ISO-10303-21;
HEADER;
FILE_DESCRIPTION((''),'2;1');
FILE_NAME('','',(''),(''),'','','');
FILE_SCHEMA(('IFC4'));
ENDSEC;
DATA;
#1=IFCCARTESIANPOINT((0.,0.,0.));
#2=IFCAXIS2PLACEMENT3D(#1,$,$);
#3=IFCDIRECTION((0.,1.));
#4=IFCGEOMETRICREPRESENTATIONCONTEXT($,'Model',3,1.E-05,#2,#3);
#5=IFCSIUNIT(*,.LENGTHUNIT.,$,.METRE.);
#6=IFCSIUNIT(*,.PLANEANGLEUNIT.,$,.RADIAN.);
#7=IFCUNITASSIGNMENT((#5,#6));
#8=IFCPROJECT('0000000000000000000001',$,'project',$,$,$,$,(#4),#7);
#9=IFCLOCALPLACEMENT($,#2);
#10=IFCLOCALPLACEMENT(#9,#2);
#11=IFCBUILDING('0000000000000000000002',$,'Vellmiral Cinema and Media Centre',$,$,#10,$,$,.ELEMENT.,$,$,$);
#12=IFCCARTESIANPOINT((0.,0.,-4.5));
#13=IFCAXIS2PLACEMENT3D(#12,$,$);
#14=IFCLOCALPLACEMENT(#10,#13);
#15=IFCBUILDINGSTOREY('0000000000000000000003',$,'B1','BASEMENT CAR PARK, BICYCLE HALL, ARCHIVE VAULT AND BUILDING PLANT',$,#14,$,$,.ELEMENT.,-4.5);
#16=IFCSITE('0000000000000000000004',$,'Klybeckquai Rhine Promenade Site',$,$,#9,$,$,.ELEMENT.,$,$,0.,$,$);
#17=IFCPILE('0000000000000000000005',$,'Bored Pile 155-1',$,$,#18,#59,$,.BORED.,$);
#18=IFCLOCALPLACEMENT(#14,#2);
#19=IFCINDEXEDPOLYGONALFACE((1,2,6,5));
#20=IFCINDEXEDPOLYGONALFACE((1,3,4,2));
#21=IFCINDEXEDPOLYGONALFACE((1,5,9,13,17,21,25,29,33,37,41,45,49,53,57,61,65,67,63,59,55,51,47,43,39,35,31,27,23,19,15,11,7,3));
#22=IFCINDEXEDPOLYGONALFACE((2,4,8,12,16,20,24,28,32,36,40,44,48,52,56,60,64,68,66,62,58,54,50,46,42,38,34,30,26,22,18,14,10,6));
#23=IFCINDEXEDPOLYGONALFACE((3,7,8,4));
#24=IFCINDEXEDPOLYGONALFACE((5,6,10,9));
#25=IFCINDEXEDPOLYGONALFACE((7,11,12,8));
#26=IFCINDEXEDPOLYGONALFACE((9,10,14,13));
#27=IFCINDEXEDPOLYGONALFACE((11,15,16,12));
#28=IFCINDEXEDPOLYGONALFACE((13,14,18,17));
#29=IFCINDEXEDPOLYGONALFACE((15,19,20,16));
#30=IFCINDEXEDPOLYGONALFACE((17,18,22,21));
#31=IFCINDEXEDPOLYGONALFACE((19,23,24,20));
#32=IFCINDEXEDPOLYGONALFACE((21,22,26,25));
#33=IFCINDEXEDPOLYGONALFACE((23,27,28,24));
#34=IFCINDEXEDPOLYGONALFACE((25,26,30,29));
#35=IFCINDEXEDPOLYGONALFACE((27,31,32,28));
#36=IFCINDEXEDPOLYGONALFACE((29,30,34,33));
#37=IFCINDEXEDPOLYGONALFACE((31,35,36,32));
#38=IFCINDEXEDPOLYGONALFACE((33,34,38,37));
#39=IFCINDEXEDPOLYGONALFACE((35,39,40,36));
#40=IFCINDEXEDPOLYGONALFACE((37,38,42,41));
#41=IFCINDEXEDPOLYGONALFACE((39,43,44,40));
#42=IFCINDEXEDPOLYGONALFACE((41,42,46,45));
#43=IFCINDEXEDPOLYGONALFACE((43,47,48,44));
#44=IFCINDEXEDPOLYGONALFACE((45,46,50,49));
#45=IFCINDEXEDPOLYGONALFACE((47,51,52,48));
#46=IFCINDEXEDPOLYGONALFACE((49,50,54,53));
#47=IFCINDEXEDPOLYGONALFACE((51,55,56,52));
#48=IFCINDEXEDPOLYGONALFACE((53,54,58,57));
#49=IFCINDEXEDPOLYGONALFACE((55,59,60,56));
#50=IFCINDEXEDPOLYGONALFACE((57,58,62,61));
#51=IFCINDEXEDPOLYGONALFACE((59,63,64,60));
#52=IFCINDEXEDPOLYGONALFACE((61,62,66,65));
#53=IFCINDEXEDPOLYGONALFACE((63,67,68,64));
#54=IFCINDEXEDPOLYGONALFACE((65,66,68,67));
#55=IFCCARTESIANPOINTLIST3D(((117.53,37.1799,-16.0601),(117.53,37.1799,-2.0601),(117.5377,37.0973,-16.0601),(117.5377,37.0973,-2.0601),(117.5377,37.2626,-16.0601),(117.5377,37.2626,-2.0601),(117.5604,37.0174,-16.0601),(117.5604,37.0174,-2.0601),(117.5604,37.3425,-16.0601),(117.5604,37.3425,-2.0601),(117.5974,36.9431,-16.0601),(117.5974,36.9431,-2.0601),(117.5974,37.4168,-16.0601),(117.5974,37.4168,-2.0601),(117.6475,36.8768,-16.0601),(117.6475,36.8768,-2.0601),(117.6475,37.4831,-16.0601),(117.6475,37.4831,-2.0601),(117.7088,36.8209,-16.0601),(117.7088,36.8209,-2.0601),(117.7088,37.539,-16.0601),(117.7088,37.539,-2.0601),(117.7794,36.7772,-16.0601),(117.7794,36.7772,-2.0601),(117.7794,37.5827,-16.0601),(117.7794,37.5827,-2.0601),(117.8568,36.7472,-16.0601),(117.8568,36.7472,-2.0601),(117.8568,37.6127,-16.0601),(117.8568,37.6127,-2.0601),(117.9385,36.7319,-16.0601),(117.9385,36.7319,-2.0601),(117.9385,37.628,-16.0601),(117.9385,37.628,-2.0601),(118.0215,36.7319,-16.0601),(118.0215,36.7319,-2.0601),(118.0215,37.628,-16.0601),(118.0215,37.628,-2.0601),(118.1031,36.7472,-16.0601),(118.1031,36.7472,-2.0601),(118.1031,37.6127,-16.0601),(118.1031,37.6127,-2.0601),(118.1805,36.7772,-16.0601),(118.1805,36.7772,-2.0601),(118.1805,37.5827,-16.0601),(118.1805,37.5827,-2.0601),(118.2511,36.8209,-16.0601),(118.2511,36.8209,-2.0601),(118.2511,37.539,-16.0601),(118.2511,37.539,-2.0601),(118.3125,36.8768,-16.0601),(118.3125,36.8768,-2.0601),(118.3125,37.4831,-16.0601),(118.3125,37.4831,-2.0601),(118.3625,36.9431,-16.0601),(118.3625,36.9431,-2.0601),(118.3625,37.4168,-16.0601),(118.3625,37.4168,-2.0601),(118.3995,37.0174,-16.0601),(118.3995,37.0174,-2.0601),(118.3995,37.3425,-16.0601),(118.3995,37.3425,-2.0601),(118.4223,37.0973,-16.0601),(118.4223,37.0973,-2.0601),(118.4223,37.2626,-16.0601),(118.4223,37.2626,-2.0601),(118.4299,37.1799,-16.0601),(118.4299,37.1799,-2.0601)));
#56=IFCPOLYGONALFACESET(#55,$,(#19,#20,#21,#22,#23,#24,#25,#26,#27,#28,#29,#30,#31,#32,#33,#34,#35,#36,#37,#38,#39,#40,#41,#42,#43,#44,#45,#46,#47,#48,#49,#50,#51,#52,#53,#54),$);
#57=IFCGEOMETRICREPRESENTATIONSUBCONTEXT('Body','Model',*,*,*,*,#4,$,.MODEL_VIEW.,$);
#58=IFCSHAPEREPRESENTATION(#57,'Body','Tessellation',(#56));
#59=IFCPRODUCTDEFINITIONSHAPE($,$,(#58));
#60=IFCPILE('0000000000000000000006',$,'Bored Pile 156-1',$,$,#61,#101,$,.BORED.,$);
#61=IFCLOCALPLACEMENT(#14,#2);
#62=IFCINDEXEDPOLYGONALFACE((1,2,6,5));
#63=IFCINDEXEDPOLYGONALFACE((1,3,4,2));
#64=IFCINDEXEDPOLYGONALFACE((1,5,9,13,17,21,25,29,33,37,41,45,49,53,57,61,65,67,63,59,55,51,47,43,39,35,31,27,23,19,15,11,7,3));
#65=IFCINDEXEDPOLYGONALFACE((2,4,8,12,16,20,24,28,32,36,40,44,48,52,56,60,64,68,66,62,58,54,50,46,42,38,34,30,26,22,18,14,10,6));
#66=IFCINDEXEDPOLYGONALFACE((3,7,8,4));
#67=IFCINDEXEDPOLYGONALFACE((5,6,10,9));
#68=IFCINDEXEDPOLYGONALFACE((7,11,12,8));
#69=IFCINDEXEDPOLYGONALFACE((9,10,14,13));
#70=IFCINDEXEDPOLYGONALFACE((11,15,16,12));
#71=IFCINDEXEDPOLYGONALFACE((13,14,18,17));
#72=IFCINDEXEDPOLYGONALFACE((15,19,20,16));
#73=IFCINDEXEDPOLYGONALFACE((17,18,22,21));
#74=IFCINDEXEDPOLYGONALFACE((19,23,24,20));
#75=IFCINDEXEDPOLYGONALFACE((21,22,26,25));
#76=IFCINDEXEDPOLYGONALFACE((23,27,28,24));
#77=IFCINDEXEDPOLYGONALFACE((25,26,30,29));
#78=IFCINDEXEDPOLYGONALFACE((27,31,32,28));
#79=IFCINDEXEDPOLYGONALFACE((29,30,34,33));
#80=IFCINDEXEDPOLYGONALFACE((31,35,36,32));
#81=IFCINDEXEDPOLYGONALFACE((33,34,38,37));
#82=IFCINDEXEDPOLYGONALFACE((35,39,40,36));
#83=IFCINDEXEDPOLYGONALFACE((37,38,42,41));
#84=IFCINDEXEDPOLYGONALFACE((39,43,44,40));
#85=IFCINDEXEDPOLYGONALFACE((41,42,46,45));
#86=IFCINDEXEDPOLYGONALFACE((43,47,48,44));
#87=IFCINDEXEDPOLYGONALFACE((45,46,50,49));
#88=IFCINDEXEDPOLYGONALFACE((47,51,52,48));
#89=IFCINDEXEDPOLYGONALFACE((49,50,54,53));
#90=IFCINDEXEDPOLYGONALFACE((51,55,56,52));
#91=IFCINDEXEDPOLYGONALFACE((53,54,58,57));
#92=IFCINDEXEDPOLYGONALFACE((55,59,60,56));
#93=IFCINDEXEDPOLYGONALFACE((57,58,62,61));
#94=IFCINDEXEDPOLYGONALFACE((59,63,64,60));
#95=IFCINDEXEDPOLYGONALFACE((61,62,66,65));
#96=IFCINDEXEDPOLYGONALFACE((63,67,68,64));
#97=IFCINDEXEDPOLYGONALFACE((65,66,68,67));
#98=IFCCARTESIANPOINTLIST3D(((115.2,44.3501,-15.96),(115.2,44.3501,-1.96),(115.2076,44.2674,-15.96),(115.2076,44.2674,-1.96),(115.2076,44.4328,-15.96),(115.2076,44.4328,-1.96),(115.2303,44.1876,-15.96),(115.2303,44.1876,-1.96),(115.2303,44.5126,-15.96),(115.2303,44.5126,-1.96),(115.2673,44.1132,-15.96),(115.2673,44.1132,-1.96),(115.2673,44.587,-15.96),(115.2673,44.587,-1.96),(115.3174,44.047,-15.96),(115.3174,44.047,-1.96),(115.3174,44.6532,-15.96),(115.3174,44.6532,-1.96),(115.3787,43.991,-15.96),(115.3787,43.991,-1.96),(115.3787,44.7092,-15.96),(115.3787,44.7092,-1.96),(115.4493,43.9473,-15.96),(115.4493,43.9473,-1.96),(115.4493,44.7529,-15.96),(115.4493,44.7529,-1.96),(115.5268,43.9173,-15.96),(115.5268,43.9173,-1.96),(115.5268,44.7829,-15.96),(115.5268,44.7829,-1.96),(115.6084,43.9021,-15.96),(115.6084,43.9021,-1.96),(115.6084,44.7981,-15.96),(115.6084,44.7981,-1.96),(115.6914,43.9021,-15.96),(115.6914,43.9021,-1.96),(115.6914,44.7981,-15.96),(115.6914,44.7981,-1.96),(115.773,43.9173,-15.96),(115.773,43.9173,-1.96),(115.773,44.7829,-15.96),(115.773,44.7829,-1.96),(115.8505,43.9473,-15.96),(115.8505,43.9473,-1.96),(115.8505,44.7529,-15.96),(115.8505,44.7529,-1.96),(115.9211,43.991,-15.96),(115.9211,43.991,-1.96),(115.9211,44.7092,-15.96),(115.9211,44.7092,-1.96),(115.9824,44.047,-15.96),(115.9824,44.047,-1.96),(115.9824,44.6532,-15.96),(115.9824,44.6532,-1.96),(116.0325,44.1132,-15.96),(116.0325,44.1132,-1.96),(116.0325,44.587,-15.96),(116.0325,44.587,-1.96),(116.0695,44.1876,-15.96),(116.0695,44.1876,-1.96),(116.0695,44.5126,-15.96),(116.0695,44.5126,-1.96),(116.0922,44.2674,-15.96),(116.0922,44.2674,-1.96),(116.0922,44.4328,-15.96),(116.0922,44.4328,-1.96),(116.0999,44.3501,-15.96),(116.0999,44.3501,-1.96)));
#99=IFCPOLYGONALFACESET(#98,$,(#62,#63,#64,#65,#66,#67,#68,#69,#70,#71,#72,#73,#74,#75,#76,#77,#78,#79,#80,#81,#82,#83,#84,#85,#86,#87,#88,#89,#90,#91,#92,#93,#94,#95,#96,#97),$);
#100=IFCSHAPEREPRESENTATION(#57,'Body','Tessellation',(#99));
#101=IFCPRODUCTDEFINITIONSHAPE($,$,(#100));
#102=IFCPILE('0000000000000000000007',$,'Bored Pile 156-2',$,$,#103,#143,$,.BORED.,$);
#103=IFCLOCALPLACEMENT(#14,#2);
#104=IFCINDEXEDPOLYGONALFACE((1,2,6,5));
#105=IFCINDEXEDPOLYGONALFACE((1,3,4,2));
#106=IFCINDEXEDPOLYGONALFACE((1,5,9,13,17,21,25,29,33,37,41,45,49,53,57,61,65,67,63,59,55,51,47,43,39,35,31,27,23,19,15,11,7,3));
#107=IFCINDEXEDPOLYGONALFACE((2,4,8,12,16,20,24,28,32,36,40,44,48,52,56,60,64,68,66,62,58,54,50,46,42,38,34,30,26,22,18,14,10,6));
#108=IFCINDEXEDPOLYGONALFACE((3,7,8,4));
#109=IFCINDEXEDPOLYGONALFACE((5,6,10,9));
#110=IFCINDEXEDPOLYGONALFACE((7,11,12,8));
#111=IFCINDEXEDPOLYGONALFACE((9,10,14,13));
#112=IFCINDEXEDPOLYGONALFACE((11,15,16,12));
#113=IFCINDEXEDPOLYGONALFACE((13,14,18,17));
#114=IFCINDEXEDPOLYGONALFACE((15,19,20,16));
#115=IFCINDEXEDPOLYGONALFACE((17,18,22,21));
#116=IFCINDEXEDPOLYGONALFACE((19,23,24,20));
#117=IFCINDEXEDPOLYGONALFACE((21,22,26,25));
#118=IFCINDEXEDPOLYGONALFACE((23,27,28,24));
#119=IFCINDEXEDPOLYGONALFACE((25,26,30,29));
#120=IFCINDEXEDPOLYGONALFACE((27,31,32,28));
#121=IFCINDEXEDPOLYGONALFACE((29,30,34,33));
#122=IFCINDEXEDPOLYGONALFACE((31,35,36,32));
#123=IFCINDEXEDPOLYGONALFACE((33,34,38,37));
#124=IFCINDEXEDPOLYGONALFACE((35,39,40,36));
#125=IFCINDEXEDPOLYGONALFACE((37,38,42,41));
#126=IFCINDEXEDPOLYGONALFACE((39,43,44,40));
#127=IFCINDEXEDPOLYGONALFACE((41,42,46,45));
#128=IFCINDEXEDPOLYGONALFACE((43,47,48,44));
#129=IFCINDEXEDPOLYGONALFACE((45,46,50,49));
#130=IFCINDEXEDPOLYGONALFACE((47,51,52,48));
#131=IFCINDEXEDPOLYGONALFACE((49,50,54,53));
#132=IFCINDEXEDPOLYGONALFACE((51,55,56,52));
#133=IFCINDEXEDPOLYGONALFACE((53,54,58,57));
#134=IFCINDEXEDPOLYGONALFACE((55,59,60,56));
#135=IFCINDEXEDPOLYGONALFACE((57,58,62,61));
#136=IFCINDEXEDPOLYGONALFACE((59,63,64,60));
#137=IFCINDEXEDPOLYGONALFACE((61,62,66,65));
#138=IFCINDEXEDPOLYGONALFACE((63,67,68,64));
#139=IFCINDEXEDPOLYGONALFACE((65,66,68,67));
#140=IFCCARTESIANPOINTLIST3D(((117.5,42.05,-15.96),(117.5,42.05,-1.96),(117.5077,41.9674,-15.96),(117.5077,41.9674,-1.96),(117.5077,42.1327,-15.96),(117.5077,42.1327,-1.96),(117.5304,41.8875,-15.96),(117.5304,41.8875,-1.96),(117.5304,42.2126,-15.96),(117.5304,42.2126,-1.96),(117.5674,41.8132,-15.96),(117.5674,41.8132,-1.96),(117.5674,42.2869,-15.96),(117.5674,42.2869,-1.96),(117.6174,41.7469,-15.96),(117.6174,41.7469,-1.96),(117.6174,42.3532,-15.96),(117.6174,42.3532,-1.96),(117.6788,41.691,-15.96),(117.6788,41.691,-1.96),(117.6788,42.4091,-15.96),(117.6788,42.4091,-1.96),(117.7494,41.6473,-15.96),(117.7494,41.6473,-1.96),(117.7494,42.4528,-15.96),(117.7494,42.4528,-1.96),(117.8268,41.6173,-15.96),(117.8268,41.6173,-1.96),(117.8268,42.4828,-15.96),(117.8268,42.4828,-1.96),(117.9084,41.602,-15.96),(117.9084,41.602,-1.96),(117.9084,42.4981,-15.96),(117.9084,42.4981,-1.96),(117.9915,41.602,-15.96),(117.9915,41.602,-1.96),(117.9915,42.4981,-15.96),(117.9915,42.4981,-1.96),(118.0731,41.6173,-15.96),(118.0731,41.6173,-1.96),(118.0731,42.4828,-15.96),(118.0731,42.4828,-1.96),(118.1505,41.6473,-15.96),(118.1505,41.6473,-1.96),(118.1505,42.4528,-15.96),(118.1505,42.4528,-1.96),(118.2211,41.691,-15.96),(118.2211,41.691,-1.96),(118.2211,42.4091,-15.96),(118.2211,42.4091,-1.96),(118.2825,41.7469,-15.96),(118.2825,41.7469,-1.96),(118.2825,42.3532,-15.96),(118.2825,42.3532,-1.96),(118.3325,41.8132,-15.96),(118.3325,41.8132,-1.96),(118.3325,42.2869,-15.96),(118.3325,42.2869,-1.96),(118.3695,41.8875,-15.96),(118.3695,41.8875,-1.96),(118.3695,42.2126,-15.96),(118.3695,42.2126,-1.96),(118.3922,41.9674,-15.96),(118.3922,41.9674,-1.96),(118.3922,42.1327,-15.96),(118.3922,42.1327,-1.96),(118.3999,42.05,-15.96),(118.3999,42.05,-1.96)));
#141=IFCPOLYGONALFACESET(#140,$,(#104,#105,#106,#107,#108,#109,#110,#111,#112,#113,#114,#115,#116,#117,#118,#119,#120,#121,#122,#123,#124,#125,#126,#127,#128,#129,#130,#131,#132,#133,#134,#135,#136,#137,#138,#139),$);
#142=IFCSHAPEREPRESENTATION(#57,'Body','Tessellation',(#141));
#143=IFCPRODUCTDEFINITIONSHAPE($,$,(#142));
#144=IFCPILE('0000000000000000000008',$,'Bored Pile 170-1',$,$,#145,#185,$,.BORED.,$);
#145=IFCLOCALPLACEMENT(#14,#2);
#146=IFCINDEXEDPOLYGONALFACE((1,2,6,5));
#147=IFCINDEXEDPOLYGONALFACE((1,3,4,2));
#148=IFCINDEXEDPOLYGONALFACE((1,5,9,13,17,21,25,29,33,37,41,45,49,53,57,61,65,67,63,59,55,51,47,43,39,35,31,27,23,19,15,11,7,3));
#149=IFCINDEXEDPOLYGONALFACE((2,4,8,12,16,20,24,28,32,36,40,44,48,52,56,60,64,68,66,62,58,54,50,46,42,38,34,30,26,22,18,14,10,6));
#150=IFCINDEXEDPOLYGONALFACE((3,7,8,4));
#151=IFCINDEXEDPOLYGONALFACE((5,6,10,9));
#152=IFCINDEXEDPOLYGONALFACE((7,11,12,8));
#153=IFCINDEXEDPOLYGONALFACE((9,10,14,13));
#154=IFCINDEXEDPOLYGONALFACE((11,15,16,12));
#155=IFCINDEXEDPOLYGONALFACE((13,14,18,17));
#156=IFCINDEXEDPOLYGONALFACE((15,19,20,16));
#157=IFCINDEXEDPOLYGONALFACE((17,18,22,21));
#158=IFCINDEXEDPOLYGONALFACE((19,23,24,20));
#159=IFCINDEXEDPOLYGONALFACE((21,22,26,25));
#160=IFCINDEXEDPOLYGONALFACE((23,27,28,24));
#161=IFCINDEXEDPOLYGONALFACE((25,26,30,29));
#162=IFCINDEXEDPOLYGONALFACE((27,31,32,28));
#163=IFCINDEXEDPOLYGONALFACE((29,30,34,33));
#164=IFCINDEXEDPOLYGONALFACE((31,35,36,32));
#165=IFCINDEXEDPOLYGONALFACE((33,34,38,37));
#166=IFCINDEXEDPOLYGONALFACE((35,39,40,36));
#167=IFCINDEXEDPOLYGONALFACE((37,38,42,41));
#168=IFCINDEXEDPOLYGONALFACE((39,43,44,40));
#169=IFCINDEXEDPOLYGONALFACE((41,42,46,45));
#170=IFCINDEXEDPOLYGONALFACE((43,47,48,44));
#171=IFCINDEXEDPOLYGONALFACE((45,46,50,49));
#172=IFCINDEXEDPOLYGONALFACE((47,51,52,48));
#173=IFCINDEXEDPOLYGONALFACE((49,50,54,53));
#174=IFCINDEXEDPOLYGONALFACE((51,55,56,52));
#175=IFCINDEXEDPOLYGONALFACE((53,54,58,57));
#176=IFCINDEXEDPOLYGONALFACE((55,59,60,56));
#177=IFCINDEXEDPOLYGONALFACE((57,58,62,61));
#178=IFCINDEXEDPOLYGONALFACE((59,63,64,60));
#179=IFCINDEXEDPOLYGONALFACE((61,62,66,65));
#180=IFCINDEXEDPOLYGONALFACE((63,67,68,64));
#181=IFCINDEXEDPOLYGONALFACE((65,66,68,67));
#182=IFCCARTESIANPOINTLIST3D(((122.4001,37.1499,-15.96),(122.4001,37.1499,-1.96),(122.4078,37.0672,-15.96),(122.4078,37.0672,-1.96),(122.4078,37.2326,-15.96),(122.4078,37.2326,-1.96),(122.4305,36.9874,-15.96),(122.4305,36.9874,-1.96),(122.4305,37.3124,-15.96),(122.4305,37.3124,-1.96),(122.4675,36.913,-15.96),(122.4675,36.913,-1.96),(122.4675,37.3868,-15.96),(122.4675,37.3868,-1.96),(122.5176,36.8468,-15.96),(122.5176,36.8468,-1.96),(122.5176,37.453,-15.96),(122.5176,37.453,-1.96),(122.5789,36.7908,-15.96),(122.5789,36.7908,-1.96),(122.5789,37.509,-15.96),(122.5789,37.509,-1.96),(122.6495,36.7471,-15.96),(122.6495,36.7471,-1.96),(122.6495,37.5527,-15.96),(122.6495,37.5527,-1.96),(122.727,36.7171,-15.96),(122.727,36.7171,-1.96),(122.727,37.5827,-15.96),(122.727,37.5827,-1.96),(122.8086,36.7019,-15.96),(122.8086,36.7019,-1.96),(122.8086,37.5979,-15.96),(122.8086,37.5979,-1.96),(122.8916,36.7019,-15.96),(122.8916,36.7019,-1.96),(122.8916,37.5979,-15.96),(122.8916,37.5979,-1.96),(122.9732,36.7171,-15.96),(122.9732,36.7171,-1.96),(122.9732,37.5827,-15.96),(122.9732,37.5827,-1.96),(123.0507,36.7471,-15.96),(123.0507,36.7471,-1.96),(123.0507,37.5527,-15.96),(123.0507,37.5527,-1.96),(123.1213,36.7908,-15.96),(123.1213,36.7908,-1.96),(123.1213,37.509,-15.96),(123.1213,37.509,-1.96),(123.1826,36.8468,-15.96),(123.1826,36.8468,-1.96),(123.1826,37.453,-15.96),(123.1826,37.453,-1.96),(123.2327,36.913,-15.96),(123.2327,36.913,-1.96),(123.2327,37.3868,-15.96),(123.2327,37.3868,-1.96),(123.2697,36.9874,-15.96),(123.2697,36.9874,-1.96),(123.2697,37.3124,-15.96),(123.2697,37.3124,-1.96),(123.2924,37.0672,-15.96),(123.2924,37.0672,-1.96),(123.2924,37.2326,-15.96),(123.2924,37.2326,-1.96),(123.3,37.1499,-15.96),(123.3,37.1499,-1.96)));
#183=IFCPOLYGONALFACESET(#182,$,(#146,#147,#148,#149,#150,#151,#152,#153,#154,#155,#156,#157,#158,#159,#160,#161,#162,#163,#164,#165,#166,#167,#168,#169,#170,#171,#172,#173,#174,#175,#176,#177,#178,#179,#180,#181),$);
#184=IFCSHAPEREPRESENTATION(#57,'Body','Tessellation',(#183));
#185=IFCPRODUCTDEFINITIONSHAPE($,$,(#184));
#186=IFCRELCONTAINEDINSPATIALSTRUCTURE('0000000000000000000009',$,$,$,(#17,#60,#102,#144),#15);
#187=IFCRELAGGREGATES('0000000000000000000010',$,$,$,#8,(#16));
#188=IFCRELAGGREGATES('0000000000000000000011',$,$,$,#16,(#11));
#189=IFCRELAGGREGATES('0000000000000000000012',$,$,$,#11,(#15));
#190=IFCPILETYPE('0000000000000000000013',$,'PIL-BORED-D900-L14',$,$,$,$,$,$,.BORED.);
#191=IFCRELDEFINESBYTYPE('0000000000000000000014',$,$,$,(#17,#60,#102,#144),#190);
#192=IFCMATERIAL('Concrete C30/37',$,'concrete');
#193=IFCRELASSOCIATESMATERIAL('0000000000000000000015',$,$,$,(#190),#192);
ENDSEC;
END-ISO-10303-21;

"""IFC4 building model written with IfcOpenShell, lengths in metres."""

from ifc_helpers import new_model, si_unit, direction, frame, origin, origin_2d, place, context, subcontext, project, spatial, circle, extrude, material, material_profile, profile_set, type_object, element, save


model = new_model("IFC4")

# Units and contexts
model_context = context("Model", 3, precision=1e-05, world=origin(), true_north=direction((0.0, 1.0)))
body_context = subcontext(model_context, "Body", "Model", "MODEL_VIEW")
ifc_project = project(units=[si_unit("LENGTHUNIT", "METRE"), si_unit("PLANEANGLEUNIT", "RADIAN")], contexts=[model_context])

# Site, building, storey
site_placement = place(None, origin())
site = spatial("IfcSite", under=ifc_project, at=site_placement, Name="Klybeckquai Rhine Promenade Site", CompositionType="ELEMENT", RefElevation=0.0)
building_placement = place(site_placement, origin())
building = spatial("IfcBuilding", under=site, at=building_placement, Name="Vellmiral Cinema and Media Centre", CompositionType="ELEMENT")
storey_placement = place(building_placement, frame((0.0, 0.0, -4.5)))
storey = spatial("IfcBuildingStorey", under=building, at=storey_placement, Name="B1", Description="BASEMENT CAR PARK, BICYCLE HALL, ARCHIVE VAULT AND BUILDING PLANT", CompositionType="ELEMENT", Elevation=-4.5)

# Piles
ifc_material_1 = material(Name="Concrete C30/37", Category="concrete")
ifc_material_profile_1 = material_profile(ifc_material_1, circle(Radius=0.45, at=origin_2d()), Name="PILE D900")
ifc_profile_set_1 = profile_set([ifc_material_profile_1], Name="Concrete C30/37")
pile_type_1 = type_object("IfcPileType", Name="PIL-BORED-D900-L14", PredefinedType="BORED", material=ifc_profile_set_1)
for number, where, z_axis, x_axis, name in (
    (1, (117.98, 37.1799, -2.0601), (0.0, 0.0, -1.0), (1.0, 0.0, 0.0), "Bored Pile 155-1"),
    (2, (115.6499, 44.3501, -1.96), (0.0, 0.0, -1.0), (1.0, 0.0, 0.0), "Bored Pile 156-1"),
    (3, (117.95, 42.05, -1.96), (0.0, 0.0, -1.0), (1.0, 0.0, 0.0), "Bored Pile 156-2"),
    (4, (122.8501, 37.1499, -1.96), (0.0, 0.0, -1.0), (1.0, 0.0, 0.0), "Bored Pile 170-1"),
):
    element("IfcPile", number, at=place(storey_placement, frame(where, z_axis=z_axis, x_axis=x_axis)), inside=storey, type_object=pile_type_1, Name=name, PredefinedType="BORED", context=body_context, shape_type="SweptSolid", body=[
        extrude(circle(Radius=0.45, at=origin_2d()), origin(), (0.0, 0.0, 1.0), 14.0),
    ])

save(model, "model.ifc")
